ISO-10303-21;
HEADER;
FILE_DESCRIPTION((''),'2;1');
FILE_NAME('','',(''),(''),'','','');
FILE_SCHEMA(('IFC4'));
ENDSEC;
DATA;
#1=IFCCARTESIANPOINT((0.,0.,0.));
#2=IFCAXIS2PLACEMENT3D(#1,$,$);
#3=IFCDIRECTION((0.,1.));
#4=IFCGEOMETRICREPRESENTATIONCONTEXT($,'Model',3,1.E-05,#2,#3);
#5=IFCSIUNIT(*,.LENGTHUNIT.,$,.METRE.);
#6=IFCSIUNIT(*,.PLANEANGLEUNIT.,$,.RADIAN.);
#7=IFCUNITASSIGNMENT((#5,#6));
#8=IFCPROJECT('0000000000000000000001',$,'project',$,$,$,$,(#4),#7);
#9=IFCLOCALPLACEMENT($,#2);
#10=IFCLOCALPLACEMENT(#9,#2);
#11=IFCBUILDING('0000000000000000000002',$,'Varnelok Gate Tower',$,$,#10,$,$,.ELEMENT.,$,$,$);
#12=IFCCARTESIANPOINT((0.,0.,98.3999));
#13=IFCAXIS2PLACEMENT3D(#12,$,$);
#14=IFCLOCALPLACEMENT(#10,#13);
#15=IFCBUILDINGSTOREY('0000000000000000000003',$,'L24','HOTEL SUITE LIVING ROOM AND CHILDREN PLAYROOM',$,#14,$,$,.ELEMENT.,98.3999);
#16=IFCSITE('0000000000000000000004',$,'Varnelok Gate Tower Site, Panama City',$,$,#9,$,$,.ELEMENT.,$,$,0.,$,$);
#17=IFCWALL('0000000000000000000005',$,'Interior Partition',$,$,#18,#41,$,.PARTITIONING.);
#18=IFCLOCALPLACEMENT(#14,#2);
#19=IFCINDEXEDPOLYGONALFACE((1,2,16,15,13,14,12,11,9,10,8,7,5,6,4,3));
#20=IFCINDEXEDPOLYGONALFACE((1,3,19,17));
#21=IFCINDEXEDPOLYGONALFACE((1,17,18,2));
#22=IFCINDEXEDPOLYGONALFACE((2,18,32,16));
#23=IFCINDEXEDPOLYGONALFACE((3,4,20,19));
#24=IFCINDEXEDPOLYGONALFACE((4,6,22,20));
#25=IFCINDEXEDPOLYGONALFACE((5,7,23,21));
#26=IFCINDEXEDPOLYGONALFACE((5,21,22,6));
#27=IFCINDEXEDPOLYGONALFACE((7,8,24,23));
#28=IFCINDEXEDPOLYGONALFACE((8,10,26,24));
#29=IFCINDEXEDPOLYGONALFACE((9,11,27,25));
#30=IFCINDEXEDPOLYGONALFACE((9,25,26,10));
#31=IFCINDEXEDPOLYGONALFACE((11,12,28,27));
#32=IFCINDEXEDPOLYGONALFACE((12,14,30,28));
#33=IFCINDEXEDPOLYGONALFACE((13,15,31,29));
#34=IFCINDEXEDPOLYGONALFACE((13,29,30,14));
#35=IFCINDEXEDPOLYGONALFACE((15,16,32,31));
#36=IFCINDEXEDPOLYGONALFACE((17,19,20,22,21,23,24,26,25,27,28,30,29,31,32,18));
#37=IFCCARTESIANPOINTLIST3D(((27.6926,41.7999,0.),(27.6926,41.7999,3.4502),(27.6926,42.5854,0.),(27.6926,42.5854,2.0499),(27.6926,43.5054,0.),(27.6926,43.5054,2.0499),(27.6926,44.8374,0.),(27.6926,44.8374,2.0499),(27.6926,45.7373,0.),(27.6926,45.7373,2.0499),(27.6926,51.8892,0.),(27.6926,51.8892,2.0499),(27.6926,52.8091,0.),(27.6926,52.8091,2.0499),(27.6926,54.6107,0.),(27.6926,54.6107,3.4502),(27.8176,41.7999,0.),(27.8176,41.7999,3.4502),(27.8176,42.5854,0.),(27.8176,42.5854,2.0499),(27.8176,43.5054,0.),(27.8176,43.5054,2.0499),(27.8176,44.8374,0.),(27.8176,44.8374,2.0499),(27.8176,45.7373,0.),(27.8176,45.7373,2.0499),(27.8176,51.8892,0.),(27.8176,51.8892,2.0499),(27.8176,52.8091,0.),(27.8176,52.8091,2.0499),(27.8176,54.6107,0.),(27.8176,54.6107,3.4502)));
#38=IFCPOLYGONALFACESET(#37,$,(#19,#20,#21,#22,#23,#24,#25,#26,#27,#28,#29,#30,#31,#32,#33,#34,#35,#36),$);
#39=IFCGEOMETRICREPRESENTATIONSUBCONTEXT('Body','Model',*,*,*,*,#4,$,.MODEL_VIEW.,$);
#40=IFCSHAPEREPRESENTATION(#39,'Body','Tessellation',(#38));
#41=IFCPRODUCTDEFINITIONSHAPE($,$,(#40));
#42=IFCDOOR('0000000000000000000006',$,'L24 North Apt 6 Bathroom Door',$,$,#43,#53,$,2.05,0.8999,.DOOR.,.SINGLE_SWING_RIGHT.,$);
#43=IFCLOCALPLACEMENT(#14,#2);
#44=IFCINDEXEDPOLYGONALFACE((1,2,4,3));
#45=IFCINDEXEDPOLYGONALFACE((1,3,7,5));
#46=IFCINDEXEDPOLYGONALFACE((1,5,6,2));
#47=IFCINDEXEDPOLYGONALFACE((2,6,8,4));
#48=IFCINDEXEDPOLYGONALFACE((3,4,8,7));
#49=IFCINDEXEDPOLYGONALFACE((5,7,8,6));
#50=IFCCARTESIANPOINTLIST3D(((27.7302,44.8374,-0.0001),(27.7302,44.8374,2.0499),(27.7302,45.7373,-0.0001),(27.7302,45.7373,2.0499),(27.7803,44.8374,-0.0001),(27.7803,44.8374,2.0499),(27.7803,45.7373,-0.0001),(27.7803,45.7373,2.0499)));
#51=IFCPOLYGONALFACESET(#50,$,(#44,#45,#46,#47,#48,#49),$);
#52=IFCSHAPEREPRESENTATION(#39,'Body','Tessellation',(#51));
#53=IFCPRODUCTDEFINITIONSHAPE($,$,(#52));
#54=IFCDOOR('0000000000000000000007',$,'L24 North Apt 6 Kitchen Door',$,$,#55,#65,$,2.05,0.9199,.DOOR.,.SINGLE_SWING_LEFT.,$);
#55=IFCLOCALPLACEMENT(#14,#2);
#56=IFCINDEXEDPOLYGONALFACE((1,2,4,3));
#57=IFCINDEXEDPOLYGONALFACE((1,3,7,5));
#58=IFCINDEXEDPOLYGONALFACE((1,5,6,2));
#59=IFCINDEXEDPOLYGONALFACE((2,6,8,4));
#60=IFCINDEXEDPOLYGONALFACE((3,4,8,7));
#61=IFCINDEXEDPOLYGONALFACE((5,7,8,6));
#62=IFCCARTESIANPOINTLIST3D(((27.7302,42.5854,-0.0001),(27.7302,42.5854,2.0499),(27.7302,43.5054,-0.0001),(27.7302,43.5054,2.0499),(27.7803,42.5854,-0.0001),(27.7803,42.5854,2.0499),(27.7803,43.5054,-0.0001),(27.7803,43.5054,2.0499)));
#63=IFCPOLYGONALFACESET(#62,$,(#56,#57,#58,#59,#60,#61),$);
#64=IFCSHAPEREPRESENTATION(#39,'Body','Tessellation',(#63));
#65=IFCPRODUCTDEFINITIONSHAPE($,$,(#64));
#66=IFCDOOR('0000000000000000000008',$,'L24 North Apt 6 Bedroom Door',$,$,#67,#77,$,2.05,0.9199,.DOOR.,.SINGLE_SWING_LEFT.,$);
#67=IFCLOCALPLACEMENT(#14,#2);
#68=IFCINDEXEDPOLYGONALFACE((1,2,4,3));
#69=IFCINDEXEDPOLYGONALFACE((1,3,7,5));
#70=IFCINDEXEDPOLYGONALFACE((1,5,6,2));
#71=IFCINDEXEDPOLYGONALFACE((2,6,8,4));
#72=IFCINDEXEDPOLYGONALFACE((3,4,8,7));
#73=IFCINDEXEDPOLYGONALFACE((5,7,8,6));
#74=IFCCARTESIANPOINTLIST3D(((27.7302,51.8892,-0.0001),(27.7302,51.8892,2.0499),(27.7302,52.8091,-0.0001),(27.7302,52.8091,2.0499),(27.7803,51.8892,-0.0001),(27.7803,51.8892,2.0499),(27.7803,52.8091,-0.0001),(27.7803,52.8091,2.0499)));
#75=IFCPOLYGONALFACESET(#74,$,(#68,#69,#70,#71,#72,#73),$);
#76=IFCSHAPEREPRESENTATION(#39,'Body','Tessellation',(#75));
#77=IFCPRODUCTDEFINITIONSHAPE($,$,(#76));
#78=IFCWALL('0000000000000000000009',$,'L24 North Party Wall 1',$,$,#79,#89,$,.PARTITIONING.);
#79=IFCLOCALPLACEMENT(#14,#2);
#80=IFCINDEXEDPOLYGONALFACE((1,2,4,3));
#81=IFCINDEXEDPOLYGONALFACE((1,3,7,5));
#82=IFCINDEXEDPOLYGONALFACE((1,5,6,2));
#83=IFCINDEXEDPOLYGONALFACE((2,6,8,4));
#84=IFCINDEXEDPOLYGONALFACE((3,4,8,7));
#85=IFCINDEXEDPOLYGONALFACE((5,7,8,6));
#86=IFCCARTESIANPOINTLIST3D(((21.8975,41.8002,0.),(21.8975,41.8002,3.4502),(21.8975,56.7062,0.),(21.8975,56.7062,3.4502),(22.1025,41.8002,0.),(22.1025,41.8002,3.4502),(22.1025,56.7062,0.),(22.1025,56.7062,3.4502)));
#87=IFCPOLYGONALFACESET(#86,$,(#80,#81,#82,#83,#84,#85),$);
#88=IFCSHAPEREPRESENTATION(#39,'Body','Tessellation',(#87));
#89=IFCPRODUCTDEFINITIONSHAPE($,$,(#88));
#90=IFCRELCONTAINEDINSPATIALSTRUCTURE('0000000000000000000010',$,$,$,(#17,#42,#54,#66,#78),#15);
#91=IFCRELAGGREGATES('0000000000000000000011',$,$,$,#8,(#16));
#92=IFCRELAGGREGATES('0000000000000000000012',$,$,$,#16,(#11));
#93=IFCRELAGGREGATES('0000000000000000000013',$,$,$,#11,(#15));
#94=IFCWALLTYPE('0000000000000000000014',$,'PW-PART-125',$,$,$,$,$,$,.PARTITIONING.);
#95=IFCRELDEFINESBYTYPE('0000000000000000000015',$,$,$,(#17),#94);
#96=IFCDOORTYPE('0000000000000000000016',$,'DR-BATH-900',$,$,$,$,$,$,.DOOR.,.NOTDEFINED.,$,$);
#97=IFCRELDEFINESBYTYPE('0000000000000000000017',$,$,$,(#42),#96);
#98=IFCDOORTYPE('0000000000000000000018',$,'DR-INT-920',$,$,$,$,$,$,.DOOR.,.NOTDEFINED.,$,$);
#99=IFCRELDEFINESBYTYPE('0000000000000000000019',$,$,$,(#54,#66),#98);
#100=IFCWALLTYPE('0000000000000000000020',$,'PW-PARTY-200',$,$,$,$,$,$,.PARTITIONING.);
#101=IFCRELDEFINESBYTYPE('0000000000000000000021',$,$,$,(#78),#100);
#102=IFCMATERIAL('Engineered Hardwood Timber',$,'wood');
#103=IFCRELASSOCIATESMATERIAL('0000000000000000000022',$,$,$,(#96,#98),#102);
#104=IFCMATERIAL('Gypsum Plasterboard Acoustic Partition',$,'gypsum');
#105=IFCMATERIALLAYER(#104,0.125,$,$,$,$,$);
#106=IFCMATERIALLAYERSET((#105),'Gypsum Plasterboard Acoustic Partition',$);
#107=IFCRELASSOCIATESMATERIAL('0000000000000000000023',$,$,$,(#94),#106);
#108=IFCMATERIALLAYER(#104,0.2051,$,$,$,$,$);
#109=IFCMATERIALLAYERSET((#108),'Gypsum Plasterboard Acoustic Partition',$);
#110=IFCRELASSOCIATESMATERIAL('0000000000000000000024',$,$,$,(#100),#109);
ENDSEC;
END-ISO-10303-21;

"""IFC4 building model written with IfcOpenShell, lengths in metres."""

from ifc_helpers import new_model, si_unit, direction, frame, frame_2d, origin, place, context, subcontext, project, spatial, rectangle, extrude, material, layer, layer_set, type_object, element, fill, save


model = new_model("IFC4")

# Units and contexts
model_context = context("Model", 3, precision=1e-05, world=origin(), true_north=direction((0.0, 1.0)))
body_context = subcontext(model_context, "Body", "Model", "MODEL_VIEW")
ifc_project = project(units=[si_unit("LENGTHUNIT", "METRE"), si_unit("PLANEANGLEUNIT", "RADIAN")], contexts=[model_context])

# Site, building, storey
site_placement = place(None, origin())
site = spatial("IfcSite", under=ifc_project, at=site_placement, Name="Varnelok Gate Tower Site, Panama City", CompositionType="ELEMENT", RefElevation=0.0)
building_placement = place(site_placement, origin())
building = spatial("IfcBuilding", under=site, at=building_placement, Name="Varnelok Gate Tower", CompositionType="ELEMENT")
storey_placement = place(building_placement, frame((0.0, 0.0, 98.3999)))
storey = spatial("IfcBuildingStorey", under=building, at=storey_placement, Name="L24", Description="HOTEL SUITE LIVING ROOM AND CHILDREN PLAYROOM", CompositionType="ELEMENT", Elevation=98.3999)

# Shared definitions
ifc_material_1 = material(Name="Gypsum Plasterboard Acoustic Partition", Category="gypsum")
ifc_material_2 = material(Name="Engineered Hardwood Timber", Category="wood")
door_type_1 = type_object("IfcDoorType", Name="DR-BATH-900", OperationType="NOTDEFINED", PredefinedType="DOOR", material=ifc_material_2)

# Wall, openings, doors
ifc_layer_1 = layer(ifc_material_1, 0.125)
ifc_layer_set_1 = layer_set([ifc_layer_1], Name="Gypsum Plasterboard Acoustic Partition")
wall_type_1 = type_object("IfcWallType", Name="PW-PART-125", PredefinedType="PARTITIONING", material=ifc_layer_set_1)
wall_1_placement = place(storey_placement, frame((27.7551, 41.8, 0.0), z_axis=(0.0, 0.0, 1.0), x_axis=(0.0, 1.0, 0.0)))
wall_1 = element("IfcWall", 1, at=wall_1_placement, inside=storey, type_object=wall_type_1, Name="Interior Partition", PredefinedType="PARTITIONING", context=body_context, shape_type="SweptSolid", body=[
    extrude(rectangle(XDim=12.8108, YDim=0.125, at=frame_2d((6.4053, 0.0))), origin(), (0.0, 0.0, 1.0), 3.4502),
])
opening_1_placement = place(wall_1_placement, frame((0.7854, 0.0, 0.0)))
opening_1 = element("IfcOpeningElement", 2, at=opening_1_placement, cuts=wall_1, PredefinedType="OPENING", context=body_context, shape_type="SweptSolid", body=[
    extrude(rectangle(XDim=0.9199, YDim=2.05, at=frame_2d((0.46, 1.0249))), frame((0.0, 0.0725, 0.0), z_axis=(0.0, -1.0, 0.0), x_axis=(1.0, 0.0, 0.0)), (0.0, 0.0, 1.0), 0.145),
])
opening_2_placement = place(wall_1_placement, frame((3.0374, 0.0, 0.0)))
opening_2 = element("IfcOpeningElement", 3, at=opening_2_placement, cuts=wall_1, PredefinedType="OPENING", context=body_context, shape_type="SweptSolid", body=[
    extrude(rectangle(XDim=0.8999, YDim=2.05, at=frame_2d((0.45, 1.0249))), frame((0.0, 0.0725, 0.0), z_axis=(0.0, -1.0, 0.0), x_axis=(1.0, 0.0, 0.0)), (0.0, 0.0, 1.0), 0.145),
])
opening_3_placement = place(wall_1_placement, frame((10.0891, 0.0, 0.0)))
opening_3 = element("IfcOpeningElement", 4, at=opening_3_placement, cuts=wall_1, PredefinedType="OPENING", context=body_context, shape_type="SweptSolid", body=[
    extrude(rectangle(XDim=0.9199, YDim=2.05, at=frame_2d((0.46, 1.0249))), frame((0.0, 0.0725, 0.0), z_axis=(0.0, -1.0, 0.0), x_axis=(1.0, 0.0, 0.0)), (0.0, 0.0, 1.0), 0.145),
])
door_1_placement = place(opening_2_placement, origin())
door_1 = element("IfcDoor", 5, at=door_1_placement, inside=storey, type_object=door_type_1, Name="L24 North Apt 6 Bathroom Door", OperationType="SINGLE_SWING_RIGHT", OverallHeight=2.05, OverallWidth=0.8999, PredefinedType="DOOR", context=body_context, shape_type="SweptSolid", body=[
    extrude(rectangle(XDim=0.8999, YDim=2.05, at=frame_2d((0.45, 1.0249))), frame((0.0, 0.0249, 0.0), z_axis=(0.0, -1.0, 0.0), x_axis=(1.0, 0.0, 0.0)), (0.0, 0.0, 1.0), 0.05),
])
fill(opening_2, door_1)
door_type_2 = type_object("IfcDoorType", Name="DR-INT-920", OperationType="NOTDEFINED", PredefinedType="DOOR", material=ifc_material_2)
door_2_placement = place(opening_1_placement, origin())
door_2 = element("IfcDoor", 6, at=door_2_placement, inside=storey, type_object=door_type_2, Name="L24 North Apt 6 Kitchen Door", OperationType="SINGLE_SWING_LEFT", OverallHeight=2.05, OverallWidth=0.9199, PredefinedType="DOOR", context=body_context, shape_type="SweptSolid", body=[
    extrude(rectangle(XDim=0.9199, YDim=2.05, at=frame_2d((0.46, 1.0249))), frame((0.0, 0.0249, 0.0), z_axis=(0.0, -1.0, 0.0), x_axis=(1.0, 0.0, 0.0)), (0.0, 0.0, 1.0), 0.05),
])
fill(opening_1, door_2)
door_3_placement = place(opening_3_placement, origin())
door_3 = element("IfcDoor", 7, at=door_3_placement, inside=storey, type_object=door_type_2, Name="L24 North Apt 6 Bedroom Door", OperationType="SINGLE_SWING_LEFT", OverallHeight=2.05, OverallWidth=0.9199, PredefinedType="DOOR", context=body_context, shape_type="SweptSolid", body=[
    extrude(rectangle(XDim=0.9199, YDim=2.05, at=frame_2d((0.46, 1.0249))), frame((0.0, 0.0249, 0.0), z_axis=(0.0, -1.0, 0.0), x_axis=(1.0, 0.0, 0.0)), (0.0, 0.0, 1.0), 0.05),
])
fill(opening_3, door_3)

# Wall
ifc_layer_2 = layer(ifc_material_1, 0.2051)
ifc_layer_set_2 = layer_set([ifc_layer_2], Name="Gypsum Plasterboard Acoustic Partition")
wall_type_2 = type_object("IfcWallType", Name="PW-PARTY-200", PredefinedType="PARTITIONING", material=ifc_layer_set_2)
wall_2_placement = place(storey_placement, frame((22.0, 41.8, 0.0), z_axis=(0.0, 0.0, 1.0), x_axis=(0.0, 1.0, 0.0)))
element("IfcWall", 8, at=wall_2_placement, inside=storey, type_object=wall_type_2, Name="L24 North Party Wall 1", PredefinedType="PARTITIONING", context=body_context, shape_type="SweptSolid", body=[
    extrude(rectangle(XDim=14.906, YDim=0.2051, at=frame_2d((7.4531, 0.0))), origin(), (0.0, 0.0, 1.0), 3.4502),
])

save(model, "model.ifc")
